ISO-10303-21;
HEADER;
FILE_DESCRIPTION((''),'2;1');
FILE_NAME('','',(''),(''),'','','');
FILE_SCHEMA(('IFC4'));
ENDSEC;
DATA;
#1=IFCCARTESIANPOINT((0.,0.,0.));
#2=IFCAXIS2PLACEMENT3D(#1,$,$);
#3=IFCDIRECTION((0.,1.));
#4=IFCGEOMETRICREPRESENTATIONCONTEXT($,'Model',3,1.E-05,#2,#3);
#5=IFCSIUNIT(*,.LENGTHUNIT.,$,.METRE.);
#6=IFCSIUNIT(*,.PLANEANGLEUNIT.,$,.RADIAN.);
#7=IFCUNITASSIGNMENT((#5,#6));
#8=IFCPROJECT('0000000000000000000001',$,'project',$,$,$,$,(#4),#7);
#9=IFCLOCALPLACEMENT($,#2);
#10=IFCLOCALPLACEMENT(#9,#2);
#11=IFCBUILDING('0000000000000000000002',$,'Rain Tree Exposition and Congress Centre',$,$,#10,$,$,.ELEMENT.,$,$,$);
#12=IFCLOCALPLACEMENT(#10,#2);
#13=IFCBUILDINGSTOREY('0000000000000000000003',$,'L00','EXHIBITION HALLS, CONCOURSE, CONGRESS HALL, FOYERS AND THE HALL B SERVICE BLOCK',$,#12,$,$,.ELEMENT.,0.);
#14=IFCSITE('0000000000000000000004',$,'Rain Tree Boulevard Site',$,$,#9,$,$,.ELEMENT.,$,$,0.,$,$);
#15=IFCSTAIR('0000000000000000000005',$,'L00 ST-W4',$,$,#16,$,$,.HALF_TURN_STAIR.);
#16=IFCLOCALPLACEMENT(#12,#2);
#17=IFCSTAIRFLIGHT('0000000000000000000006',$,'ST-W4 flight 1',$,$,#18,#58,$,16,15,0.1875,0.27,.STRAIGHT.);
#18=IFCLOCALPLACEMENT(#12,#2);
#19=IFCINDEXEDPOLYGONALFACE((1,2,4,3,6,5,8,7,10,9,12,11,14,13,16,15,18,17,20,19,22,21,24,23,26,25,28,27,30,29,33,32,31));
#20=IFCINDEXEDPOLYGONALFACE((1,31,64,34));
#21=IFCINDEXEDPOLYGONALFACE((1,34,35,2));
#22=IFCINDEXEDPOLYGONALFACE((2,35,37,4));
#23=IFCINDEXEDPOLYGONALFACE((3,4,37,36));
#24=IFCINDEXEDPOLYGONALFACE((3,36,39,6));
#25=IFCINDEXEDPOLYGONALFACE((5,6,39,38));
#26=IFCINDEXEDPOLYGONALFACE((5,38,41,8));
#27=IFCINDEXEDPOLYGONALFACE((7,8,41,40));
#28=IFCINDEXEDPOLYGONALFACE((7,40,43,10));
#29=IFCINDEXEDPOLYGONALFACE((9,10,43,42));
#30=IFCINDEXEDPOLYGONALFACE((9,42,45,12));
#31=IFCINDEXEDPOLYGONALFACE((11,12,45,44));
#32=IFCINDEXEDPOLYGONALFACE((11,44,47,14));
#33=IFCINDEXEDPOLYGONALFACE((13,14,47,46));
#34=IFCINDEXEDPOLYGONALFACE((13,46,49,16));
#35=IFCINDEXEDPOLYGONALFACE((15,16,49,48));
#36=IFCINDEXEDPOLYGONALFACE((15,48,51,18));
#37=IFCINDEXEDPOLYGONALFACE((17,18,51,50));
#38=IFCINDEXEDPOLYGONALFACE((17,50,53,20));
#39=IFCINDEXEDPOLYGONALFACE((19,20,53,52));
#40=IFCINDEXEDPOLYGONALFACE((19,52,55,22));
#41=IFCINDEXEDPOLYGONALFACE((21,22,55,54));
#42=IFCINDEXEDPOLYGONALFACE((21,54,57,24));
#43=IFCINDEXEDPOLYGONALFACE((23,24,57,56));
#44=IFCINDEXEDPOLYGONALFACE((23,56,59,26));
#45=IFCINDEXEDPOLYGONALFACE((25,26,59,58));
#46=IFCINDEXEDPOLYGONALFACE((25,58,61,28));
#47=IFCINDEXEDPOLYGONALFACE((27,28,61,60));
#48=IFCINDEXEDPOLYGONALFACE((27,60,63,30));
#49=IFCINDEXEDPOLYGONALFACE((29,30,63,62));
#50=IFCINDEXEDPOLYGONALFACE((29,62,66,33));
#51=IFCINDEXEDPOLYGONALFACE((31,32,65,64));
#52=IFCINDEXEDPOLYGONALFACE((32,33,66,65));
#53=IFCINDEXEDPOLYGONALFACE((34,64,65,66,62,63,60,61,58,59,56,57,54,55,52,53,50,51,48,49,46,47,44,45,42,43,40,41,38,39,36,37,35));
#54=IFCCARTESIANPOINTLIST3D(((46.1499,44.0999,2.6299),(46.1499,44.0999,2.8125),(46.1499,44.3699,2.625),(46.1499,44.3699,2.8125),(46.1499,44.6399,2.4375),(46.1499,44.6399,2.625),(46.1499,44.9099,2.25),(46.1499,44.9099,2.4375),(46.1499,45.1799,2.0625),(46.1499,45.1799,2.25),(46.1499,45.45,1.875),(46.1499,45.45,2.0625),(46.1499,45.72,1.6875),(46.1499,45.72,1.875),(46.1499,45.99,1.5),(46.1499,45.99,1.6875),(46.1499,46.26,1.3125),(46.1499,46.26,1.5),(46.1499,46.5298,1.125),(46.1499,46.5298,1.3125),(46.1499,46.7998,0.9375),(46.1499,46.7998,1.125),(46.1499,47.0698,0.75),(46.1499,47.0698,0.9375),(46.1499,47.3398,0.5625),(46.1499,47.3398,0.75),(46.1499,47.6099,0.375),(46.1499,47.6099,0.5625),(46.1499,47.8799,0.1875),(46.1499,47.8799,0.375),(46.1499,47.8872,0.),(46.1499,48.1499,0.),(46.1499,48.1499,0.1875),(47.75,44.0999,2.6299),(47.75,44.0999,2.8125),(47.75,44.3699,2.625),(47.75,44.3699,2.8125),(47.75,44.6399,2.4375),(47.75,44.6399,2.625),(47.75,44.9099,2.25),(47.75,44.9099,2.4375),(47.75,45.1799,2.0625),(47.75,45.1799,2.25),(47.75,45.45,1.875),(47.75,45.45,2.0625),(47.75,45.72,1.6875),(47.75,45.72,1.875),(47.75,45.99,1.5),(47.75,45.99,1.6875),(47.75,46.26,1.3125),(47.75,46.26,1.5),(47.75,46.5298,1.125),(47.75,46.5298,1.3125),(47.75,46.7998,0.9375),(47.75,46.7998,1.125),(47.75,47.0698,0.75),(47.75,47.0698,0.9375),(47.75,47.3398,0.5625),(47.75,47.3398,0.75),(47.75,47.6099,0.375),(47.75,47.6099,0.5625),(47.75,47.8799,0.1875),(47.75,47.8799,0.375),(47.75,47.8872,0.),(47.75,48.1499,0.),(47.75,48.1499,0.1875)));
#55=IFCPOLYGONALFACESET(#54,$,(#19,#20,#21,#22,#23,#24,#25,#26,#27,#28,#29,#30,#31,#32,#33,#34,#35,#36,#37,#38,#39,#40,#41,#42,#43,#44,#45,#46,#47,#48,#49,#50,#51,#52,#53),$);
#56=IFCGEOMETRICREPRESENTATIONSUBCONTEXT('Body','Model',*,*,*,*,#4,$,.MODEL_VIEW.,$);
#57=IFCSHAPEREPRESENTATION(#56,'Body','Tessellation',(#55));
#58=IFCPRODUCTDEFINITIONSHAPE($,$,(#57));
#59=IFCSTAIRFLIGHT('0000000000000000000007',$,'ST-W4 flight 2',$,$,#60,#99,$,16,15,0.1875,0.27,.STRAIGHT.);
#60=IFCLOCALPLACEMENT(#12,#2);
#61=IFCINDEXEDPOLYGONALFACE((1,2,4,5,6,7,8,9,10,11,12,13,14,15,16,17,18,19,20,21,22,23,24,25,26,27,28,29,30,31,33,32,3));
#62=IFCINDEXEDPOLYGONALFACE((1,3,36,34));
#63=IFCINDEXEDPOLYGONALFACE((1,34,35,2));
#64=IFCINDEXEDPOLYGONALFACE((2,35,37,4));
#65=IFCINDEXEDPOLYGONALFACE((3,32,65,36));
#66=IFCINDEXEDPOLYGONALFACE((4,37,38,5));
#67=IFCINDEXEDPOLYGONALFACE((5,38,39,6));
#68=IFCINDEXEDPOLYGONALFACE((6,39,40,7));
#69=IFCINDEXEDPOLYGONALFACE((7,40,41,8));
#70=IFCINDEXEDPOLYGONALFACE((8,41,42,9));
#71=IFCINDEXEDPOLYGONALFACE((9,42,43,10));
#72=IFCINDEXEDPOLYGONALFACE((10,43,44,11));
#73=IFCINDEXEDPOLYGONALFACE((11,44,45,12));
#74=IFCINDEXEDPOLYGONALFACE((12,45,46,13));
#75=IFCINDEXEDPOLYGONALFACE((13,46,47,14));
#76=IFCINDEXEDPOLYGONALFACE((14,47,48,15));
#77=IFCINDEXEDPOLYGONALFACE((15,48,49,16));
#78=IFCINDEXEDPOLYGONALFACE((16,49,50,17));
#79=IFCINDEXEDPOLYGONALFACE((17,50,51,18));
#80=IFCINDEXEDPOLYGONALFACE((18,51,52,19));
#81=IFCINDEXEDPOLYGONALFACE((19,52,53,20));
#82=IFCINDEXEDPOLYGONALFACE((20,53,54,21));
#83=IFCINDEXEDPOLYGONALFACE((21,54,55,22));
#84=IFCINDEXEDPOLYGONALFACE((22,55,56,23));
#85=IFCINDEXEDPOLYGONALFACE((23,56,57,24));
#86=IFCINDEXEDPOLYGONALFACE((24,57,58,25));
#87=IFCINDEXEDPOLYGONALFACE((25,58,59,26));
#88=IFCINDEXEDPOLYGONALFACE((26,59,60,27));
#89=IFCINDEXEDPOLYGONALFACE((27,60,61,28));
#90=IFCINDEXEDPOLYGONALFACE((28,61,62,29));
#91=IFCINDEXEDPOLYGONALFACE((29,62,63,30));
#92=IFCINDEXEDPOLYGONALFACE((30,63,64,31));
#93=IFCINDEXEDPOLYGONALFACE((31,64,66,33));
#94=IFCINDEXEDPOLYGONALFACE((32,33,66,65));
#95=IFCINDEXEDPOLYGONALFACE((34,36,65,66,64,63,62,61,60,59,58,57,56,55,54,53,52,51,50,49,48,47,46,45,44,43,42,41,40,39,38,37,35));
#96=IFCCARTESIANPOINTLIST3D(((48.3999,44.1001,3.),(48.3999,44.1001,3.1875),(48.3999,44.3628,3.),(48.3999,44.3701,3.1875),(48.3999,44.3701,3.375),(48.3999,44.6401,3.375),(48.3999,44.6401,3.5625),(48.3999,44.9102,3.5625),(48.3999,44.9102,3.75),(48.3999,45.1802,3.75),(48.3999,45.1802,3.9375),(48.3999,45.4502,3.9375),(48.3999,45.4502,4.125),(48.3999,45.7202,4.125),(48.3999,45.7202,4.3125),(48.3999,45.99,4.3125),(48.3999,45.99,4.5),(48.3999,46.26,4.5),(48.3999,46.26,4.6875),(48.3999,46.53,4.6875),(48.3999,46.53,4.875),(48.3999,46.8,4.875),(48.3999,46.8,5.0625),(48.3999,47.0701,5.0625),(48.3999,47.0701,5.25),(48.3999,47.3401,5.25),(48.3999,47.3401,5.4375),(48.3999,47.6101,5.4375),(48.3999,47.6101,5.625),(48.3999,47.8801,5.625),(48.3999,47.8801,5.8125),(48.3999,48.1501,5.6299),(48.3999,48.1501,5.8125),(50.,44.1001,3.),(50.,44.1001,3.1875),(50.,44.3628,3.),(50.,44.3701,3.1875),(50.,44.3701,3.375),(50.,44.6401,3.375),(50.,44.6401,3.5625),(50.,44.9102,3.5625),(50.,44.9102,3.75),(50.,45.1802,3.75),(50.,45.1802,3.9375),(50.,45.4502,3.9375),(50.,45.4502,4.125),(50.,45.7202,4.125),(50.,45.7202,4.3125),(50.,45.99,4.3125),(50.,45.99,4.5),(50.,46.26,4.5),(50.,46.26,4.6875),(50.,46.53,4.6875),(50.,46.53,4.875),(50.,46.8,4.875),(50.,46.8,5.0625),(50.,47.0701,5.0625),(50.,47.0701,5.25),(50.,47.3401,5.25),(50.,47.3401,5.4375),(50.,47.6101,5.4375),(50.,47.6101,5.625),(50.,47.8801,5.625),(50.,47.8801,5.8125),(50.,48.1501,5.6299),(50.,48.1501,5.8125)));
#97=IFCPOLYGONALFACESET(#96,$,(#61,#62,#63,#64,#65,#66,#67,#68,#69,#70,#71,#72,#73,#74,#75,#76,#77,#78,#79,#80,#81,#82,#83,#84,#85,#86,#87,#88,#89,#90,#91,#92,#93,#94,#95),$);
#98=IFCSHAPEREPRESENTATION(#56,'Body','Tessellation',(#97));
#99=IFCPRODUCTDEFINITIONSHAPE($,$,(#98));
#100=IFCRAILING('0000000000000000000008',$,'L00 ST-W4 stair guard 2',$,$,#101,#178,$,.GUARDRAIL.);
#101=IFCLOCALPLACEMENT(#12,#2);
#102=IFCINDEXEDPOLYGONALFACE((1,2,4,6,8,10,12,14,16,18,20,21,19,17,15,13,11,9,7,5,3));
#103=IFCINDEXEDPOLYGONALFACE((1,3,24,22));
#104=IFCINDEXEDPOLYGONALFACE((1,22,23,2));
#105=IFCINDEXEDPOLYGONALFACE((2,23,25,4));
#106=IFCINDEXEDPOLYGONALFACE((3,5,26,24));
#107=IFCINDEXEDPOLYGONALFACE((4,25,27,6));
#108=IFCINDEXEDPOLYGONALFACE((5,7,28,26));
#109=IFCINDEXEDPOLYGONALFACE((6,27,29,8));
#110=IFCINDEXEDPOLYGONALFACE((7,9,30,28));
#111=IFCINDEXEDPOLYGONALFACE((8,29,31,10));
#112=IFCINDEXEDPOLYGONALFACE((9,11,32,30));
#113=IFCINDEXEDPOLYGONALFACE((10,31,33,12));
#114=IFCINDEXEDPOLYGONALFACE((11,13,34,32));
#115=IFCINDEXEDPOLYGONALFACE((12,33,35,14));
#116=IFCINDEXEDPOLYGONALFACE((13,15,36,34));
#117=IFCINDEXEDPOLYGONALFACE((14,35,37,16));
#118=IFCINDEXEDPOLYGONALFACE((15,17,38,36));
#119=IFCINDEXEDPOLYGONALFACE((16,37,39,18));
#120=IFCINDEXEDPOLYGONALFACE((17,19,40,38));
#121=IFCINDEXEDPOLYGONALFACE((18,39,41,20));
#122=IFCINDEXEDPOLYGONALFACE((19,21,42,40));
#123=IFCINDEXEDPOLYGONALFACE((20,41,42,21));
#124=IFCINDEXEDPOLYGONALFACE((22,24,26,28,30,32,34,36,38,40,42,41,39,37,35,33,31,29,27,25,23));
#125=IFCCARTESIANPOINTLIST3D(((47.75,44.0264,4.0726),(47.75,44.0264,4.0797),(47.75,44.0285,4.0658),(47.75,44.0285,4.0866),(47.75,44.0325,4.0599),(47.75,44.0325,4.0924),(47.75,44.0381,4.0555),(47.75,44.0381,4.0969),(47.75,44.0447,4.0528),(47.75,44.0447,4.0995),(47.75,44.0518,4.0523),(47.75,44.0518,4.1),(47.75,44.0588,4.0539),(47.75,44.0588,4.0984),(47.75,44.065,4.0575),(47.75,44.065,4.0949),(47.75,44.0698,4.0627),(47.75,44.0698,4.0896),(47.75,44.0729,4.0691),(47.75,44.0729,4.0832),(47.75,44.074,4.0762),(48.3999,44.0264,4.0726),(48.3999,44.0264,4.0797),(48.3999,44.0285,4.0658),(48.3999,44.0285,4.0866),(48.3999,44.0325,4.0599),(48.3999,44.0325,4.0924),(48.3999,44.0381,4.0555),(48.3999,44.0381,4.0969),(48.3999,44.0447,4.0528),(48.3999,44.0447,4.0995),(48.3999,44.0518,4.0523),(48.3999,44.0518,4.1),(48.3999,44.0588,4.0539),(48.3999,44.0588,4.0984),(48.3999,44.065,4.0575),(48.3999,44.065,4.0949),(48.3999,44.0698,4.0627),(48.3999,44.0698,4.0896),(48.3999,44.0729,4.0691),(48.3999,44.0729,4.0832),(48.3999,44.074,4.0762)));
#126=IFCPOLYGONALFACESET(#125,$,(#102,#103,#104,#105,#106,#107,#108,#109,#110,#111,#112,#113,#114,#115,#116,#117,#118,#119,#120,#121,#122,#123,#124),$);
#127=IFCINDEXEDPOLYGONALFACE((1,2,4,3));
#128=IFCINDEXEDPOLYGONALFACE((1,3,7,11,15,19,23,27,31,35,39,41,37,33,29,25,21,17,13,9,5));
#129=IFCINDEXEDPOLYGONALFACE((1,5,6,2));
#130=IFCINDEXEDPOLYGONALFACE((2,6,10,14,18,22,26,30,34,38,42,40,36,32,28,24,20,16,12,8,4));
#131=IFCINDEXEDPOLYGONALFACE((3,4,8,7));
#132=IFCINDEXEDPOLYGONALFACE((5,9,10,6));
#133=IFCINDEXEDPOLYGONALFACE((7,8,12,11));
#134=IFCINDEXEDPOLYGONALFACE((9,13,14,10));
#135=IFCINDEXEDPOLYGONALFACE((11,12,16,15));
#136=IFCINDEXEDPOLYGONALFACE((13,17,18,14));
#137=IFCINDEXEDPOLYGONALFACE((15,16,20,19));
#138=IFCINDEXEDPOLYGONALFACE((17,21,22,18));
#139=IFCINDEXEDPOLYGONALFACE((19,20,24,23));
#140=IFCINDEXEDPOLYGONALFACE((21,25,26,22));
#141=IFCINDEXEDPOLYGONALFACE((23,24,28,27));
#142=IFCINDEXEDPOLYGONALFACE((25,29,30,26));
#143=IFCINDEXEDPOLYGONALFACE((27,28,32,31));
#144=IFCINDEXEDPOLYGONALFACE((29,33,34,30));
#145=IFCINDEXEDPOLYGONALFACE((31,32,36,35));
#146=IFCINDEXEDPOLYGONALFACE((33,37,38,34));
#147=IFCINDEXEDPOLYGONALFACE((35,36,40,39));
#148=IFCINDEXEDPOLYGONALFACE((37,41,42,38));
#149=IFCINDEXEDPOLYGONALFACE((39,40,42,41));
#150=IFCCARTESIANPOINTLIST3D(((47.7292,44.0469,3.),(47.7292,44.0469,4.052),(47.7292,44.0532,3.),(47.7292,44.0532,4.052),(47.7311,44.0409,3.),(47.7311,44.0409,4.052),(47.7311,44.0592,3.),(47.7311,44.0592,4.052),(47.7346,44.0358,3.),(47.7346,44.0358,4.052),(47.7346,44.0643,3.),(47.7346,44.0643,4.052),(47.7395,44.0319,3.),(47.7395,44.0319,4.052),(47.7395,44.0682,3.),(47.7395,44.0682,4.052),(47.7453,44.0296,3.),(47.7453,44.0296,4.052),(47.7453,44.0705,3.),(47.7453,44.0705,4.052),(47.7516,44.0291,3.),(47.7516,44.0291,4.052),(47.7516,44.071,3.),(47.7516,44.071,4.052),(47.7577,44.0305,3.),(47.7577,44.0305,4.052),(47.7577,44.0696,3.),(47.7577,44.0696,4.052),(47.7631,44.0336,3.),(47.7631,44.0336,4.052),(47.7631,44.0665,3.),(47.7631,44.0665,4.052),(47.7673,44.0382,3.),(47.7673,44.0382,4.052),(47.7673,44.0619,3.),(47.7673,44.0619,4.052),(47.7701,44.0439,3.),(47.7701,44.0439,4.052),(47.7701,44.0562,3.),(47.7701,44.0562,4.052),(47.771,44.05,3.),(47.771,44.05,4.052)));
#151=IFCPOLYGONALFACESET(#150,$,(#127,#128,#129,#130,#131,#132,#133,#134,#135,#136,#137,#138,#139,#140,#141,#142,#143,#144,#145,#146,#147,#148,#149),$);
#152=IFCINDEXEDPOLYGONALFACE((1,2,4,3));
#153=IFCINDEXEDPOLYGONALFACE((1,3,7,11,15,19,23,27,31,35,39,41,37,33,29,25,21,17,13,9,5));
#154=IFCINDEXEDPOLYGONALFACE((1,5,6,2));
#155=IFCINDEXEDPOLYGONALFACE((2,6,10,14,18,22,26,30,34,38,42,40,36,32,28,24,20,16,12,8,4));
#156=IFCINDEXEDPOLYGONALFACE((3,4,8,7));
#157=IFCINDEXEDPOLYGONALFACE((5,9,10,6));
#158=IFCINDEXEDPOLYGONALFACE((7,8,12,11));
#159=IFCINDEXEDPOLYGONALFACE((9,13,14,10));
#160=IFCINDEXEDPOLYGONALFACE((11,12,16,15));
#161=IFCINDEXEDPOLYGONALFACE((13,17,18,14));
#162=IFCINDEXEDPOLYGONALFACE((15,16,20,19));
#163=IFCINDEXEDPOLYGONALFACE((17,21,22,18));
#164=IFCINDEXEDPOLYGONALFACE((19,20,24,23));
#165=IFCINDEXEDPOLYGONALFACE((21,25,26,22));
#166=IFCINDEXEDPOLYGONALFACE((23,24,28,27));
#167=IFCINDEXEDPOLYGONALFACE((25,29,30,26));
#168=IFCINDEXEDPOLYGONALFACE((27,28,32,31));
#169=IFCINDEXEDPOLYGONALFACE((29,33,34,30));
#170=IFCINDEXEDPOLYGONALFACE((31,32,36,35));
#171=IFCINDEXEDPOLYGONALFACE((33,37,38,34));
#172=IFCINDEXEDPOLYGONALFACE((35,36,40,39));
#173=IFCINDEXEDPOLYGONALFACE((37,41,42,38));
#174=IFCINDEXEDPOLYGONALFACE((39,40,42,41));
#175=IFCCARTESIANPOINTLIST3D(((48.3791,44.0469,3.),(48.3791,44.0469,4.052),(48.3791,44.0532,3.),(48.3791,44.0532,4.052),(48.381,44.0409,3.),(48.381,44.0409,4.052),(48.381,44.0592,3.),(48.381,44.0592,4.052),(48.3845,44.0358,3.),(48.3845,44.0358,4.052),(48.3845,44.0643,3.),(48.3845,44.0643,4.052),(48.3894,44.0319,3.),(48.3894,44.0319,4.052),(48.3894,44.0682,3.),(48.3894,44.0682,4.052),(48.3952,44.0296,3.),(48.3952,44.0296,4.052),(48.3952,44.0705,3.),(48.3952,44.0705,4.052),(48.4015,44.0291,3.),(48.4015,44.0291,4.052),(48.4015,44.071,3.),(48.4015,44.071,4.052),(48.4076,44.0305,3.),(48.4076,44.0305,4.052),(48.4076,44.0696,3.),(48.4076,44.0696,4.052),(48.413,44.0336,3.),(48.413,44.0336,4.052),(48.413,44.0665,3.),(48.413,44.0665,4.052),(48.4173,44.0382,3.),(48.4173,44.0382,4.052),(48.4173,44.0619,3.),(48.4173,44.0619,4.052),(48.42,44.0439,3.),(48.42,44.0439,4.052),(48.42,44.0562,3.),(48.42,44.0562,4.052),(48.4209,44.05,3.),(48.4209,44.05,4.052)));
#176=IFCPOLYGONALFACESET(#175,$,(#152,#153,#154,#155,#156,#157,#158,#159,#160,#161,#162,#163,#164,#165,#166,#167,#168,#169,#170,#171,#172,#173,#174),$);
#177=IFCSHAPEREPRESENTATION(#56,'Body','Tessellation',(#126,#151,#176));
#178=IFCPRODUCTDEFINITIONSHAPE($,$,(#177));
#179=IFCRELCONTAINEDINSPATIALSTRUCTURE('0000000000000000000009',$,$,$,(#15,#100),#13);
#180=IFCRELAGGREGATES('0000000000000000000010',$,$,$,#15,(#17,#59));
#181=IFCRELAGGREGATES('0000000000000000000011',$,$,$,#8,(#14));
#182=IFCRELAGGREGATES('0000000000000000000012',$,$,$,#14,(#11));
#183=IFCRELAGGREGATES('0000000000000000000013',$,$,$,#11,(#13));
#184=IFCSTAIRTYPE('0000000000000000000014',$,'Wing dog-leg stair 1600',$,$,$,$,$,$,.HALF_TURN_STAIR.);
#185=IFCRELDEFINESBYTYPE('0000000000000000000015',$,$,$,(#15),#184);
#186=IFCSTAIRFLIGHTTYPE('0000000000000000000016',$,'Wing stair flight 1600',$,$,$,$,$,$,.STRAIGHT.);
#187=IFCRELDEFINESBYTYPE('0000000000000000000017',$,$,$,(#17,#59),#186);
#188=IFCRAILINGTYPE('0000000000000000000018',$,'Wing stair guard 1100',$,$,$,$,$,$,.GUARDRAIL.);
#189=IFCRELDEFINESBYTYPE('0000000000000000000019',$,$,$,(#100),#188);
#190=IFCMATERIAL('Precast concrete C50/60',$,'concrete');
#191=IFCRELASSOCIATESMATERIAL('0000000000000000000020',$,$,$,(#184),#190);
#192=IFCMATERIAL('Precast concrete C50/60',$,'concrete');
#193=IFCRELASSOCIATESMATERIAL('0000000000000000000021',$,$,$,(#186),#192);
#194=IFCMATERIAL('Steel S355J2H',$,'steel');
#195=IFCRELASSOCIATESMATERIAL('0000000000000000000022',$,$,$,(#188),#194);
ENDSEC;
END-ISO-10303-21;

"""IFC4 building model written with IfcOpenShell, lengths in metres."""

from ifc_helpers import new_model, si_unit, direction, frame, origin, origin_2d, place, context, subcontext, project, spatial, polyline, circle, outline, extrude, material, type_object, element, aggregate, save


model = new_model("IFC4")

# Units and contexts
model_context = context("Model", 3, precision=1e-05, world=origin(), true_north=direction((0.0, 1.0)))
body_context = subcontext(model_context, "Body", "Model", "MODEL_VIEW")
ifc_project = project(units=[si_unit("LENGTHUNIT", "METRE"), si_unit("PLANEANGLEUNIT", "RADIAN")], contexts=[model_context])

# Site, building, storey
site_placement = place(None, origin())
site = spatial("IfcSite", under=ifc_project, at=site_placement, Name="Rain Tree Boulevard Site", CompositionType="ELEMENT", RefElevation=0.0)
building_placement = place(site_placement, origin())
building = spatial("IfcBuilding", under=site, at=building_placement, Name="Rain Tree Exposition and Congress Centre", CompositionType="ELEMENT")
storey_placement = place(building_placement, origin())
storey = spatial("IfcBuildingStorey", under=building, at=storey_placement, Name="L00", Description="EXHIBITION HALLS, CONCOURSE, CONGRESS HALL, FOYERS AND THE HALL B SERVICE BLOCK", CompositionType="ELEMENT", Elevation=0.0)

# Stair, stair flights
ifc_material_1 = material(Name="Precast concrete C50/60", Category="concrete")
stair_type = type_object("IfcStairType", Name="Wing dog-leg stair 1600", PredefinedType="HALF_TURN_STAIR", material=ifc_material_1)
stair_placement = place(storey_placement, origin())
stair = element("IfcStair", 1, at=stair_placement, inside=storey, type_object=stair_type, Name="L00 ST-W4", PredefinedType="HALF_TURN_STAIR")
ifc_material_2 = material(Name="Precast concrete C50/60", Category="concrete")
stair_flight_type = type_object("IfcStairFlightType", Name="Wing stair flight 1600", PredefinedType="STRAIGHT", material=ifc_material_2)
stair_flight_1_placement = place(storey_placement, frame((46.95, 48.1499, 0.0), z_axis=(0.0, 0.0, 1.0), x_axis=(0.0, -1.0, 0.0)))
stair_flight_1 = element("IfcStairFlight", 2, at=stair_flight_1_placement, type_object=stair_flight_type, Name="ST-W4 flight 1", NumberOfRisers=16, NumberOfTreads=15, PredefinedType="STRAIGHT", RiserHeight=0.1875, TreadLength=0.27, context=body_context, shape_type="SweptSolid", body=[
    extrude(outline(polyline([(0.0, 0.0), (0.0, 0.1875), (0.27, 0.1875), (0.27, 0.375), (0.54, 0.375), (0.54, 0.5625), (0.8101, 0.5625), (0.8101, 0.75), (1.0801, 0.75), (1.0801, 0.9375), (1.3501, 0.9375), (1.3501, 1.125), (1.6201, 1.125), (1.6201, 1.3125), (1.8899, 1.3125), (1.8899, 1.5), (2.1599, 1.5), (2.1599, 1.6875), (2.4299, 1.6875), (2.4299, 1.875), (2.7, 1.875), (2.7, 2.0625), (2.97, 2.0625), (2.97, 2.25), (3.24, 2.25), (3.24, 2.4375), (3.51, 2.4375), (3.51, 2.625), (3.78, 2.625), (3.78, 2.8125), (4.05, 2.8125), (4.05, 3.0), (4.05, 2.6299), (0.2627, 0.0), (0.0, 0.0)])), frame((0.0, 0.8, 0.0), z_axis=(0.0, -1.0, 0.0), x_axis=(1.0, 0.0, 0.0)), (0.0, 0.0, 1.0), 1.6001),
])
stair_flight_2_placement = place(storey_placement, frame((49.2, 44.1001, 3.0), z_axis=(0.0, 0.0, 1.0), x_axis=(0.0, 1.0, 0.0)))
stair_flight_2 = element("IfcStairFlight", 3, at=stair_flight_2_placement, type_object=stair_flight_type, Name="ST-W4 flight 2", NumberOfRisers=16, NumberOfTreads=15, PredefinedType="STRAIGHT", RiserHeight=0.1875, TreadLength=0.27, context=body_context, shape_type="SweptSolid", body=[
    extrude(outline(polyline([(0.0, 0.0), (0.0, 0.1875), (0.27, 0.1875), (0.27, 0.375), (0.54, 0.375), (0.54, 0.5625), (0.8101, 0.5625), (0.8101, 0.75), (1.0801, 0.75), (1.0801, 0.9375), (1.3501, 0.9375), (1.3501, 1.125), (1.6201, 1.125), (1.6201, 1.3125), (1.8899, 1.3125), (1.8899, 1.5), (2.1599, 1.5), (2.1599, 1.6875), (2.4299, 1.6875), (2.4299, 1.875), (2.7, 1.875), (2.7, 2.0625), (2.97, 2.0625), (2.97, 2.25), (3.24, 2.25), (3.24, 2.4375), (3.51, 2.4375), (3.51, 2.625), (3.78, 2.625), (3.78, 2.8125), (4.05, 2.8125), (4.05, 3.0), (4.05, 2.6299), (0.2627, 0.0), (0.0, 0.0)])), frame((0.0, 0.8, 0.0), z_axis=(0.0, -1.0, 0.0), x_axis=(1.0, 0.0, 0.0)), (0.0, 0.0, 1.0), 1.6001),
])
aggregate(stair, [stair_flight_1, stair_flight_2])

# Railing
ifc_material_3 = material(Name="Steel S355J2H", Category="steel")
railing_type_1 = type_object("IfcRailingType", Name="Wing stair guard 1100", PredefinedType="GUARDRAIL", material=ifc_material_3)
railing_1_placement = place(storey_placement, frame((47.75, 44.05, 3.0)))
element("IfcRailing", 4, at=railing_1_placement, inside=storey, type_object=railing_type_1, Name="L00 ST-W4 stair guard 2", PredefinedType="GUARDRAIL", context=body_context, shape_type="SweptSolid", body=[
    extrude(circle(Radius=0.0239, at=origin_2d()), frame((0.0, 0.0, 1.0762), z_axis=(1.0, 0.0, 0.0), x_axis=(0.0, 1.0, 0.0)), (0.0, 0.0, 1.0), 0.6499),
    extrude(circle(Radius=0.021, at=origin_2d()), origin(), (0.0, 0.0, 1.0), 1.052),
    extrude(circle(Radius=0.021, at=origin_2d()), frame((0.6499, 0.0, 0.0)), (0.0, 0.0, 1.0), 1.052),
])

save(model, "model.ifc")
